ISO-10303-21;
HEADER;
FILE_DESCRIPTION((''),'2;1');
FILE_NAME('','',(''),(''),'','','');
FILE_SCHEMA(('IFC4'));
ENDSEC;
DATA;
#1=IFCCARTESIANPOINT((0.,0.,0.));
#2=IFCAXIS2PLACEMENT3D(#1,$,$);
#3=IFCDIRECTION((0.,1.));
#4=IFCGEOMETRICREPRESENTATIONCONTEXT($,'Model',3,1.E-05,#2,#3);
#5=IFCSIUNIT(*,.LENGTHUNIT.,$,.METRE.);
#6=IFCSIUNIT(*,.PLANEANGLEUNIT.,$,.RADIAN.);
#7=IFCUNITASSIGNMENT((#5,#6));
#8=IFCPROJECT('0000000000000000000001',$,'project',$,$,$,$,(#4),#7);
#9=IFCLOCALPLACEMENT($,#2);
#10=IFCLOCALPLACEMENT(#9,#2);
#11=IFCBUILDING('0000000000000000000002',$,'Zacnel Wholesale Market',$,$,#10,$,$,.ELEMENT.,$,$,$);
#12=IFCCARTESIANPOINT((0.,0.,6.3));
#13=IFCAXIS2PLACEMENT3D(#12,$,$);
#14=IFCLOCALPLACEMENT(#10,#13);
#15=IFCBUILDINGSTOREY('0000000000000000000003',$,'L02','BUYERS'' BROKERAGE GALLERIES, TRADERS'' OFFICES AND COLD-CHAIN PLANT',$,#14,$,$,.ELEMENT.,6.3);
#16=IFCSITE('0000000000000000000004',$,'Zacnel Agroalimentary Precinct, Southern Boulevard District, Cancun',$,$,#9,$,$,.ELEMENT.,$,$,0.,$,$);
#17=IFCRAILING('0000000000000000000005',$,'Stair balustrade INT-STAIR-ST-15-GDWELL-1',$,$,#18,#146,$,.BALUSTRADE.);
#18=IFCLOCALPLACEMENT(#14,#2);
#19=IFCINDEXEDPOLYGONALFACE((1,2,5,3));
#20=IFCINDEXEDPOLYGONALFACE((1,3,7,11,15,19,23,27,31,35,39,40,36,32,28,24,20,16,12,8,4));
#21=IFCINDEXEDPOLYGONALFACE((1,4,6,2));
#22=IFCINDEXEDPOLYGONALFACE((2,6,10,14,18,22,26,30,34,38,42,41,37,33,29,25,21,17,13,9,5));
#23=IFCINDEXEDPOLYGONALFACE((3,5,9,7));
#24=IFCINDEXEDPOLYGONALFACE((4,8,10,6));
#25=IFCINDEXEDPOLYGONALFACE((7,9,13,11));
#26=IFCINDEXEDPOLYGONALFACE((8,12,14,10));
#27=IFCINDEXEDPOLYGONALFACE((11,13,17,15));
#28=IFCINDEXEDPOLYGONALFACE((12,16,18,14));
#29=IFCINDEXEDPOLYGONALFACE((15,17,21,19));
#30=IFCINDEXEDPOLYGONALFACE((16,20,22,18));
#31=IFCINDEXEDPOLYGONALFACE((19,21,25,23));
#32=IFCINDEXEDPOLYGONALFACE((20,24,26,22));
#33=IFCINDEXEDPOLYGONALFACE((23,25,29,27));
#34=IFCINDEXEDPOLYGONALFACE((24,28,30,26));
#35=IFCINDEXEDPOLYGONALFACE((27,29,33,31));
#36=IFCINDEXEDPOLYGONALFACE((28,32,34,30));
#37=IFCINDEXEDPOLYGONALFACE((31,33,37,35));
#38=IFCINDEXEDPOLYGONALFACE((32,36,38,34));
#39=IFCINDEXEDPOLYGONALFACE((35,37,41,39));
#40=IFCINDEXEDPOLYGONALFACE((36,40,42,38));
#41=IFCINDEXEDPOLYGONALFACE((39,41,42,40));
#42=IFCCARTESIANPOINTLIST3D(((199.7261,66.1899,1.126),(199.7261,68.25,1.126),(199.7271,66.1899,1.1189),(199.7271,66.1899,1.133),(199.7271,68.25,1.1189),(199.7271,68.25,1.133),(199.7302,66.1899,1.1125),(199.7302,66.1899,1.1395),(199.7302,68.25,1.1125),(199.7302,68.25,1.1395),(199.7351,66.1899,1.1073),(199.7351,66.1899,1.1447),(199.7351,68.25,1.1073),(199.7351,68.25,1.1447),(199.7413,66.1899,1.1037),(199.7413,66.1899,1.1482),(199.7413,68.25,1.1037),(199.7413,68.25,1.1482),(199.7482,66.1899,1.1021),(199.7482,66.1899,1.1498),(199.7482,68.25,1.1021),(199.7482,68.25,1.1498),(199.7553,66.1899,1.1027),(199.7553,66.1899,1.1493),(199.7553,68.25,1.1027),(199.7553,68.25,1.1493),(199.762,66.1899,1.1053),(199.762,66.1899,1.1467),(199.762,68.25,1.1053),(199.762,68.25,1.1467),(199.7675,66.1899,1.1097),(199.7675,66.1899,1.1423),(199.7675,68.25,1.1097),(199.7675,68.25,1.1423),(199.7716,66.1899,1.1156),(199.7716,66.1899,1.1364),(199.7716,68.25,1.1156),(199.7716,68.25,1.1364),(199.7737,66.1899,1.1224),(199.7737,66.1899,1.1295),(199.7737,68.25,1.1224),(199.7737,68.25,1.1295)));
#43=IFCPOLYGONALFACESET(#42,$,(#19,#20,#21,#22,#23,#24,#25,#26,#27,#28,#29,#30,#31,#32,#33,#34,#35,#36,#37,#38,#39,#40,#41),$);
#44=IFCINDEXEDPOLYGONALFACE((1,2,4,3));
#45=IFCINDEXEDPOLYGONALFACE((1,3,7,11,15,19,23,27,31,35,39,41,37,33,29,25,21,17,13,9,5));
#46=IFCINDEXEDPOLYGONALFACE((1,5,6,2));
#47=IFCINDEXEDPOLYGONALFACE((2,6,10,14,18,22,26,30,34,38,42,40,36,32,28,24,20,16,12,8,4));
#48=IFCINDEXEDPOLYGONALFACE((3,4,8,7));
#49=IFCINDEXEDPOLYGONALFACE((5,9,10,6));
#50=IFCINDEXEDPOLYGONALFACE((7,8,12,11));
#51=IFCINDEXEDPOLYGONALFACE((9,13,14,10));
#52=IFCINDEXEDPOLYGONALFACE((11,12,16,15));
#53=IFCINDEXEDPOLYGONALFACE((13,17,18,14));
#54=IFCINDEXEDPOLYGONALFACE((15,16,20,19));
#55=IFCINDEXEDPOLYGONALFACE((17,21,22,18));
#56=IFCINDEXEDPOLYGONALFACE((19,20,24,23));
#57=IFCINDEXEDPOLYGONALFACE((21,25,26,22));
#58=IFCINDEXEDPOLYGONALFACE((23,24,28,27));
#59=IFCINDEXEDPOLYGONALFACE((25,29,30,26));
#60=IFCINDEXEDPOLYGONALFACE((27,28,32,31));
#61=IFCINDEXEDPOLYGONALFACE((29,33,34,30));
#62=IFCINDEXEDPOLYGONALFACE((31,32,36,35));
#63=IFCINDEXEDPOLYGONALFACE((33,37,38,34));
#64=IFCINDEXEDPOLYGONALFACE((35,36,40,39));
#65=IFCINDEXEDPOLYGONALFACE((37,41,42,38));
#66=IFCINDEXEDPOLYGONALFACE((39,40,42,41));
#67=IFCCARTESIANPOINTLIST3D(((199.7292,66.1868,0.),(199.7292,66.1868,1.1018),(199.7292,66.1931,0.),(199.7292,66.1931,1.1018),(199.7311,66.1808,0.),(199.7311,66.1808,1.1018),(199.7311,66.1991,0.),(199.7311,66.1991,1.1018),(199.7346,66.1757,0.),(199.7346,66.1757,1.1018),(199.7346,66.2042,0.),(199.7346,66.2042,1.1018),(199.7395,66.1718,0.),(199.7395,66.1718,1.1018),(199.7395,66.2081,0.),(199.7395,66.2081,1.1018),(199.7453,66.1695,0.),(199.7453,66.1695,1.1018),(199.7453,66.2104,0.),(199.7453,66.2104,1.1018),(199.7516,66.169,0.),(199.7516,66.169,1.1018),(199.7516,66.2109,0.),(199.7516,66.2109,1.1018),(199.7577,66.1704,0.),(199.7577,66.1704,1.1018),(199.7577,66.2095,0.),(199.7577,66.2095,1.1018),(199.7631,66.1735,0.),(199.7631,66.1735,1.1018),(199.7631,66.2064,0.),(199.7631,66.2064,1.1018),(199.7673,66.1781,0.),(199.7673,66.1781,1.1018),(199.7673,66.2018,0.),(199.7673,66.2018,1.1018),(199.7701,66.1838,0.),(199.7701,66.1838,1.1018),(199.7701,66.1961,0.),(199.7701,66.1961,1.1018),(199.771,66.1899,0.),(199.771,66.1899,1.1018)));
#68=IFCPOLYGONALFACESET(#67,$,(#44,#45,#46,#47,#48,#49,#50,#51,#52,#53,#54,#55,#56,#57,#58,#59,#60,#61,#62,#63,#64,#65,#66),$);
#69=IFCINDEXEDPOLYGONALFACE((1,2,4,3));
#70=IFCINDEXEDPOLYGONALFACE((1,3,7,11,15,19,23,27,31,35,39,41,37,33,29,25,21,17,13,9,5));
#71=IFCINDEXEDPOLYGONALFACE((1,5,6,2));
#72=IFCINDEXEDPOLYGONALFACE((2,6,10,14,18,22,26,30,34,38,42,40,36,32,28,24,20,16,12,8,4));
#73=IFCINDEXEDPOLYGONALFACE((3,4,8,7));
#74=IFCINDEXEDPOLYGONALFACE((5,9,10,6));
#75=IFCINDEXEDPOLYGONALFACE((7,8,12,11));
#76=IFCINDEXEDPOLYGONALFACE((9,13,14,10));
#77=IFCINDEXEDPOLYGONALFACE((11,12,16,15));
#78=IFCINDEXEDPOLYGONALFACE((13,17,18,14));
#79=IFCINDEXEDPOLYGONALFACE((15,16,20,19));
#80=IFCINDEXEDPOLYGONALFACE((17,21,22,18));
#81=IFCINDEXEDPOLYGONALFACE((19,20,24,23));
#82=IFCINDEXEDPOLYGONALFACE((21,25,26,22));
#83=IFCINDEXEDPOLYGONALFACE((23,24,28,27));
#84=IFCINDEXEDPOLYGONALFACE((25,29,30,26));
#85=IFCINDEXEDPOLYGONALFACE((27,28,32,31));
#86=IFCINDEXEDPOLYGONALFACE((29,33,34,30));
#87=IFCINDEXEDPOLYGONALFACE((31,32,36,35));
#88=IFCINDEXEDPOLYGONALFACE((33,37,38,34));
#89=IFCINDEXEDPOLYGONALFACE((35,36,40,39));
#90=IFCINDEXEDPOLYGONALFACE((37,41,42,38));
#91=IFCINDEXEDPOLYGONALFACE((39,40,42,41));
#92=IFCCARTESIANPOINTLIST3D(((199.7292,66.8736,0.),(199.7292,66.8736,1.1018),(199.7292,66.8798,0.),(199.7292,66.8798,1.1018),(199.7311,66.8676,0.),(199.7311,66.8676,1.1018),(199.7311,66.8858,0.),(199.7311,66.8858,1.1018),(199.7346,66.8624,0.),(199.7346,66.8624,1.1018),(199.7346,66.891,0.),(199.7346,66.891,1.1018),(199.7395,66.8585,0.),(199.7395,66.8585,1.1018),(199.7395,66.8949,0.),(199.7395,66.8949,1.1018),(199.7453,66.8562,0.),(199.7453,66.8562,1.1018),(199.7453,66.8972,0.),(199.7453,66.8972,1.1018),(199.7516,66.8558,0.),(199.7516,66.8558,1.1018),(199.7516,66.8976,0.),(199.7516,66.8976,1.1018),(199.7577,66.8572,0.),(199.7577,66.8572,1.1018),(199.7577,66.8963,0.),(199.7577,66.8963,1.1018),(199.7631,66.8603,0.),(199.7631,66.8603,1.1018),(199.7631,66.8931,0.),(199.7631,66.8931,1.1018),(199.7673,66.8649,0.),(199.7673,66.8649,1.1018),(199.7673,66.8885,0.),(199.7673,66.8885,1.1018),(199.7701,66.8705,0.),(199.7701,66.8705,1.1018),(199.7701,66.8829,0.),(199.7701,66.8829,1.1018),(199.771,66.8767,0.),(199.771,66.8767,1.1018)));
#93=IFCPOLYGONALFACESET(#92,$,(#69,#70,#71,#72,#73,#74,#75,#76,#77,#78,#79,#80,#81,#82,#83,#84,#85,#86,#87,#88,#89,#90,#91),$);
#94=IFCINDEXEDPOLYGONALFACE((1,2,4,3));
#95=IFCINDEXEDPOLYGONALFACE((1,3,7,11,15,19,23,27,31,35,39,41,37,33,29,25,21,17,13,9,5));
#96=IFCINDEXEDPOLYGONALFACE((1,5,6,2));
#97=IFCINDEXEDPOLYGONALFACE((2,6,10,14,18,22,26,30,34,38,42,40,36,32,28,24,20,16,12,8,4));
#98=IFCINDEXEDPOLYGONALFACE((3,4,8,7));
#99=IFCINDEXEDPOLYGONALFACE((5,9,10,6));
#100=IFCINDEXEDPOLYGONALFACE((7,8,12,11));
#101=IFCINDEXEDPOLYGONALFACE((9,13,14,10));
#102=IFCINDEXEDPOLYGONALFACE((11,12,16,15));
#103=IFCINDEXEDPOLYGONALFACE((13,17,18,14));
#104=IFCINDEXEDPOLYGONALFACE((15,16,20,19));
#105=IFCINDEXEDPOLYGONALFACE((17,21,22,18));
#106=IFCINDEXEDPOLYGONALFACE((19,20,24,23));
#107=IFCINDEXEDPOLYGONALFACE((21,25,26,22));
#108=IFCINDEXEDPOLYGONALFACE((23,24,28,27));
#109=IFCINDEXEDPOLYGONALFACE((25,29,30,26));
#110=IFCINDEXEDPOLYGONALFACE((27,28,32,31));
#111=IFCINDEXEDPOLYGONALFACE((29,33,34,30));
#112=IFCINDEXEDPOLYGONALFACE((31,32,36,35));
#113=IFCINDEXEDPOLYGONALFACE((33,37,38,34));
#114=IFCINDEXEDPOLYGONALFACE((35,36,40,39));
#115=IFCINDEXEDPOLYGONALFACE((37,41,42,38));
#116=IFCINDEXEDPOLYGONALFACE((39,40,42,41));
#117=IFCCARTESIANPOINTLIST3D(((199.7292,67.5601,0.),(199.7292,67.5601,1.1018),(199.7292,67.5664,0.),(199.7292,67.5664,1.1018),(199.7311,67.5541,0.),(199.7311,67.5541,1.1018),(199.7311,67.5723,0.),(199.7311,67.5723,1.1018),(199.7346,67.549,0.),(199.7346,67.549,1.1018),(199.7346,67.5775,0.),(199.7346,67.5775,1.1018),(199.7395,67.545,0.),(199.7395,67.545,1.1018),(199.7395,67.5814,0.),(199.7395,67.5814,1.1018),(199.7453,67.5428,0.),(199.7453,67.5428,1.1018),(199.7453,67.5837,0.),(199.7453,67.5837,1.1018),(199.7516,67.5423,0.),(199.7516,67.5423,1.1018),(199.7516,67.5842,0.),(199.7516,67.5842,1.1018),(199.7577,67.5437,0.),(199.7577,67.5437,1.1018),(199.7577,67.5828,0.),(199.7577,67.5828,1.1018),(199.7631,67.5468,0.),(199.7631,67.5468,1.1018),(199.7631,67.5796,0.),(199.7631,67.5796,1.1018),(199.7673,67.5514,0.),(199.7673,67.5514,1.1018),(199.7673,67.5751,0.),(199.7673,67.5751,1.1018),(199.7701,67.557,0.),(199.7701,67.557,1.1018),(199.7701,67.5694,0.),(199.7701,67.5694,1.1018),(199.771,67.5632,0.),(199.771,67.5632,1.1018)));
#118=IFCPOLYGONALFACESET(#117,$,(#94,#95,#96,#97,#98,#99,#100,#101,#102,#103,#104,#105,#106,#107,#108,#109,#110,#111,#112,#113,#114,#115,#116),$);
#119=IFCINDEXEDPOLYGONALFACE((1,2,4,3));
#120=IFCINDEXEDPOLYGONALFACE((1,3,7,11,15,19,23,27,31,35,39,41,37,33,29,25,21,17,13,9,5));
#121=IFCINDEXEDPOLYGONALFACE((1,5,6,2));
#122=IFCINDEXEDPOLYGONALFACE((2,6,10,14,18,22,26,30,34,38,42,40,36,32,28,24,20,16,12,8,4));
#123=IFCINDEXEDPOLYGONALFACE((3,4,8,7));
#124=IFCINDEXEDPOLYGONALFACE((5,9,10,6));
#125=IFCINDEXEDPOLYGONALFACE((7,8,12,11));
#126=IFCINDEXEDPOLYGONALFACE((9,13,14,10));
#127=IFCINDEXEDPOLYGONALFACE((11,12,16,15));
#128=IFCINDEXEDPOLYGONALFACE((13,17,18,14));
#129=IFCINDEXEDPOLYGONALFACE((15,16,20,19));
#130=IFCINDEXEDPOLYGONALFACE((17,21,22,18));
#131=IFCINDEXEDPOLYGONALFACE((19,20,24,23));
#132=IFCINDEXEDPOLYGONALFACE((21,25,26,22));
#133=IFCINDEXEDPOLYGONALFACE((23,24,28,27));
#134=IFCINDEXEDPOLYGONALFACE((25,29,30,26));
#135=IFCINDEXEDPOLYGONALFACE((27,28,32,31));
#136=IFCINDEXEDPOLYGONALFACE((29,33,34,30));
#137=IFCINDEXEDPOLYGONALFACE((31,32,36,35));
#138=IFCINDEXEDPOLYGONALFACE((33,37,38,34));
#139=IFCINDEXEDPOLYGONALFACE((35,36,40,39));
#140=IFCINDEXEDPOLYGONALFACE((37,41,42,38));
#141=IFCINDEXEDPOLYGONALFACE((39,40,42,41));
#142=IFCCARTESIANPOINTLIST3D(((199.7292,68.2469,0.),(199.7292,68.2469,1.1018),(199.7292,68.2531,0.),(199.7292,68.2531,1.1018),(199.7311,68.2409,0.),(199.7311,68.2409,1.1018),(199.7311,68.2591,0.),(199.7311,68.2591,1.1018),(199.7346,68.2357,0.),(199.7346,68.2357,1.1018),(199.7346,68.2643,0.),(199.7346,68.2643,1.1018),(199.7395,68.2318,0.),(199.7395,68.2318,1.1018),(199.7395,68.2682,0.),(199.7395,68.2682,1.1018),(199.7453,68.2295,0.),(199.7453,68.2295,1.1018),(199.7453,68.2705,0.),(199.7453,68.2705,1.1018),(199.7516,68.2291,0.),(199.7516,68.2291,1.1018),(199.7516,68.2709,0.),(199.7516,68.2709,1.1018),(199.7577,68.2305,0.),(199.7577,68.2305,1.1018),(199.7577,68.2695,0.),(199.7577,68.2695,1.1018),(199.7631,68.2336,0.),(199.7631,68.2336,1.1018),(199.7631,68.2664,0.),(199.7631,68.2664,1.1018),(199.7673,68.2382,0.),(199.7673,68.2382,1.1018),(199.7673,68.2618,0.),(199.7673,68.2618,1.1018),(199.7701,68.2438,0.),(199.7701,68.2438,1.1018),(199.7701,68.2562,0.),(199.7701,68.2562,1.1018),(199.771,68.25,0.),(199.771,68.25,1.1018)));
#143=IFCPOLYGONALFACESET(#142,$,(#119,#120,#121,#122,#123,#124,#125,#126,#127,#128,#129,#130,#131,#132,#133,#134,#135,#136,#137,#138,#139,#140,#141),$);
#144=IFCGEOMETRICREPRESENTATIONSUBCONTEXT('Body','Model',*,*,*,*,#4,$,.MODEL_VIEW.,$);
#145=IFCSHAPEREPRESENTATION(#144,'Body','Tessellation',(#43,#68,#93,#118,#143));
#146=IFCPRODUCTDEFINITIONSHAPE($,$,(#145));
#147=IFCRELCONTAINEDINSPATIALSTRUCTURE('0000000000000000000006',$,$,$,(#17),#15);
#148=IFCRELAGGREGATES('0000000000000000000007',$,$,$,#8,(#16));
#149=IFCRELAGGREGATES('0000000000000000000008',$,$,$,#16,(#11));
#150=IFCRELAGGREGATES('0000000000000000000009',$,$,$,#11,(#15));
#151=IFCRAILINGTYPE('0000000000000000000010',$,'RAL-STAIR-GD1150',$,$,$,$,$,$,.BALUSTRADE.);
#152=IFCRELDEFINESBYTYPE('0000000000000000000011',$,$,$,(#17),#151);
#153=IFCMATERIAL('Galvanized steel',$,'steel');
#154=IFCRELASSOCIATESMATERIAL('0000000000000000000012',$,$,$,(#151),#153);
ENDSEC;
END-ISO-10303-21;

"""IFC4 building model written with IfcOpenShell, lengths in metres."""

from ifc_helpers import new_model, si_unit, direction, frame, origin, origin_2d, place, context, subcontext, project, spatial, circle, extrude, material, type_object, element, save


model = new_model("IFC4")

# Units and contexts
model_context = context("Model", 3, precision=1e-05, world=origin(), true_north=direction((0.0, 1.0)))
body_context = subcontext(model_context, "Body", "Model", "MODEL_VIEW")
ifc_project = project(units=[si_unit("LENGTHUNIT", "METRE"), si_unit("PLANEANGLEUNIT", "RADIAN")], contexts=[model_context])

# Site, building, storey
site_placement = place(None, origin())
site = spatial("IfcSite", under=ifc_project, at=site_placement, Name="Zacnel Agroalimentary Precinct, Southern Boulevard District, Cancun", CompositionType="ELEMENT", RefElevation=0.0)
building_placement = place(site_placement, origin())
building = spatial("IfcBuilding", under=site, at=building_placement, Name="Zacnel Wholesale Market", CompositionType="ELEMENT")
storey_placement = place(building_placement, frame((0.0, 0.0, 6.3)))
storey = spatial("IfcBuildingStorey", under=building, at=storey_placement, Name="L02", Description="BUYERS' BROKERAGE GALLERIES, TRADERS' OFFICES AND COLD-CHAIN PLANT", CompositionType="ELEMENT", Elevation=6.3)

# Railing
ifc_material_1 = material(Name="Galvanized steel", Category="steel")
railing_type_1 = type_object("IfcRailingType", Name="RAL-STAIR-GD1150", PredefinedType="BALUSTRADE", material=ifc_material_1)
railing_1_placement = place(storey_placement, frame((199.75, 66.1899, 0.0)))
element("IfcRailing", 1, at=railing_1_placement, inside=storey, type_object=railing_type_1, Name="Stair balustrade INT-STAIR-ST-15-GDWELL-1", PredefinedType="BALUSTRADE", context=body_context, shape_type="SweptSolid", body=[
    extrude(circle(Radius=0.0239, at=origin_2d()), frame((0.0, 0.0, 1.126), z_axis=(0.0, 1.0, 0.0), x_axis=(-1.0, 0.0, 0.0)), (0.0, 0.0, 1.0), 2.0601),
    extrude(circle(Radius=0.021, at=origin_2d()), origin(), (0.0, 0.0, 1.0), 1.1018),
    extrude(circle(Radius=0.021, at=origin_2d()), frame((0.0, 0.6868, 0.0)), (0.0, 0.0, 1.0), 1.1018),
    extrude(circle(Radius=0.021, at=origin_2d()), frame((0.0, 1.3733, 0.0)), (0.0, 0.0, 1.0), 1.1018),
    extrude(circle(Radius=0.021, at=origin_2d()), frame((0.0, 2.0601, 0.0)), (0.0, 0.0, 1.0), 1.1018),
])

save(model, "model.ifc")
